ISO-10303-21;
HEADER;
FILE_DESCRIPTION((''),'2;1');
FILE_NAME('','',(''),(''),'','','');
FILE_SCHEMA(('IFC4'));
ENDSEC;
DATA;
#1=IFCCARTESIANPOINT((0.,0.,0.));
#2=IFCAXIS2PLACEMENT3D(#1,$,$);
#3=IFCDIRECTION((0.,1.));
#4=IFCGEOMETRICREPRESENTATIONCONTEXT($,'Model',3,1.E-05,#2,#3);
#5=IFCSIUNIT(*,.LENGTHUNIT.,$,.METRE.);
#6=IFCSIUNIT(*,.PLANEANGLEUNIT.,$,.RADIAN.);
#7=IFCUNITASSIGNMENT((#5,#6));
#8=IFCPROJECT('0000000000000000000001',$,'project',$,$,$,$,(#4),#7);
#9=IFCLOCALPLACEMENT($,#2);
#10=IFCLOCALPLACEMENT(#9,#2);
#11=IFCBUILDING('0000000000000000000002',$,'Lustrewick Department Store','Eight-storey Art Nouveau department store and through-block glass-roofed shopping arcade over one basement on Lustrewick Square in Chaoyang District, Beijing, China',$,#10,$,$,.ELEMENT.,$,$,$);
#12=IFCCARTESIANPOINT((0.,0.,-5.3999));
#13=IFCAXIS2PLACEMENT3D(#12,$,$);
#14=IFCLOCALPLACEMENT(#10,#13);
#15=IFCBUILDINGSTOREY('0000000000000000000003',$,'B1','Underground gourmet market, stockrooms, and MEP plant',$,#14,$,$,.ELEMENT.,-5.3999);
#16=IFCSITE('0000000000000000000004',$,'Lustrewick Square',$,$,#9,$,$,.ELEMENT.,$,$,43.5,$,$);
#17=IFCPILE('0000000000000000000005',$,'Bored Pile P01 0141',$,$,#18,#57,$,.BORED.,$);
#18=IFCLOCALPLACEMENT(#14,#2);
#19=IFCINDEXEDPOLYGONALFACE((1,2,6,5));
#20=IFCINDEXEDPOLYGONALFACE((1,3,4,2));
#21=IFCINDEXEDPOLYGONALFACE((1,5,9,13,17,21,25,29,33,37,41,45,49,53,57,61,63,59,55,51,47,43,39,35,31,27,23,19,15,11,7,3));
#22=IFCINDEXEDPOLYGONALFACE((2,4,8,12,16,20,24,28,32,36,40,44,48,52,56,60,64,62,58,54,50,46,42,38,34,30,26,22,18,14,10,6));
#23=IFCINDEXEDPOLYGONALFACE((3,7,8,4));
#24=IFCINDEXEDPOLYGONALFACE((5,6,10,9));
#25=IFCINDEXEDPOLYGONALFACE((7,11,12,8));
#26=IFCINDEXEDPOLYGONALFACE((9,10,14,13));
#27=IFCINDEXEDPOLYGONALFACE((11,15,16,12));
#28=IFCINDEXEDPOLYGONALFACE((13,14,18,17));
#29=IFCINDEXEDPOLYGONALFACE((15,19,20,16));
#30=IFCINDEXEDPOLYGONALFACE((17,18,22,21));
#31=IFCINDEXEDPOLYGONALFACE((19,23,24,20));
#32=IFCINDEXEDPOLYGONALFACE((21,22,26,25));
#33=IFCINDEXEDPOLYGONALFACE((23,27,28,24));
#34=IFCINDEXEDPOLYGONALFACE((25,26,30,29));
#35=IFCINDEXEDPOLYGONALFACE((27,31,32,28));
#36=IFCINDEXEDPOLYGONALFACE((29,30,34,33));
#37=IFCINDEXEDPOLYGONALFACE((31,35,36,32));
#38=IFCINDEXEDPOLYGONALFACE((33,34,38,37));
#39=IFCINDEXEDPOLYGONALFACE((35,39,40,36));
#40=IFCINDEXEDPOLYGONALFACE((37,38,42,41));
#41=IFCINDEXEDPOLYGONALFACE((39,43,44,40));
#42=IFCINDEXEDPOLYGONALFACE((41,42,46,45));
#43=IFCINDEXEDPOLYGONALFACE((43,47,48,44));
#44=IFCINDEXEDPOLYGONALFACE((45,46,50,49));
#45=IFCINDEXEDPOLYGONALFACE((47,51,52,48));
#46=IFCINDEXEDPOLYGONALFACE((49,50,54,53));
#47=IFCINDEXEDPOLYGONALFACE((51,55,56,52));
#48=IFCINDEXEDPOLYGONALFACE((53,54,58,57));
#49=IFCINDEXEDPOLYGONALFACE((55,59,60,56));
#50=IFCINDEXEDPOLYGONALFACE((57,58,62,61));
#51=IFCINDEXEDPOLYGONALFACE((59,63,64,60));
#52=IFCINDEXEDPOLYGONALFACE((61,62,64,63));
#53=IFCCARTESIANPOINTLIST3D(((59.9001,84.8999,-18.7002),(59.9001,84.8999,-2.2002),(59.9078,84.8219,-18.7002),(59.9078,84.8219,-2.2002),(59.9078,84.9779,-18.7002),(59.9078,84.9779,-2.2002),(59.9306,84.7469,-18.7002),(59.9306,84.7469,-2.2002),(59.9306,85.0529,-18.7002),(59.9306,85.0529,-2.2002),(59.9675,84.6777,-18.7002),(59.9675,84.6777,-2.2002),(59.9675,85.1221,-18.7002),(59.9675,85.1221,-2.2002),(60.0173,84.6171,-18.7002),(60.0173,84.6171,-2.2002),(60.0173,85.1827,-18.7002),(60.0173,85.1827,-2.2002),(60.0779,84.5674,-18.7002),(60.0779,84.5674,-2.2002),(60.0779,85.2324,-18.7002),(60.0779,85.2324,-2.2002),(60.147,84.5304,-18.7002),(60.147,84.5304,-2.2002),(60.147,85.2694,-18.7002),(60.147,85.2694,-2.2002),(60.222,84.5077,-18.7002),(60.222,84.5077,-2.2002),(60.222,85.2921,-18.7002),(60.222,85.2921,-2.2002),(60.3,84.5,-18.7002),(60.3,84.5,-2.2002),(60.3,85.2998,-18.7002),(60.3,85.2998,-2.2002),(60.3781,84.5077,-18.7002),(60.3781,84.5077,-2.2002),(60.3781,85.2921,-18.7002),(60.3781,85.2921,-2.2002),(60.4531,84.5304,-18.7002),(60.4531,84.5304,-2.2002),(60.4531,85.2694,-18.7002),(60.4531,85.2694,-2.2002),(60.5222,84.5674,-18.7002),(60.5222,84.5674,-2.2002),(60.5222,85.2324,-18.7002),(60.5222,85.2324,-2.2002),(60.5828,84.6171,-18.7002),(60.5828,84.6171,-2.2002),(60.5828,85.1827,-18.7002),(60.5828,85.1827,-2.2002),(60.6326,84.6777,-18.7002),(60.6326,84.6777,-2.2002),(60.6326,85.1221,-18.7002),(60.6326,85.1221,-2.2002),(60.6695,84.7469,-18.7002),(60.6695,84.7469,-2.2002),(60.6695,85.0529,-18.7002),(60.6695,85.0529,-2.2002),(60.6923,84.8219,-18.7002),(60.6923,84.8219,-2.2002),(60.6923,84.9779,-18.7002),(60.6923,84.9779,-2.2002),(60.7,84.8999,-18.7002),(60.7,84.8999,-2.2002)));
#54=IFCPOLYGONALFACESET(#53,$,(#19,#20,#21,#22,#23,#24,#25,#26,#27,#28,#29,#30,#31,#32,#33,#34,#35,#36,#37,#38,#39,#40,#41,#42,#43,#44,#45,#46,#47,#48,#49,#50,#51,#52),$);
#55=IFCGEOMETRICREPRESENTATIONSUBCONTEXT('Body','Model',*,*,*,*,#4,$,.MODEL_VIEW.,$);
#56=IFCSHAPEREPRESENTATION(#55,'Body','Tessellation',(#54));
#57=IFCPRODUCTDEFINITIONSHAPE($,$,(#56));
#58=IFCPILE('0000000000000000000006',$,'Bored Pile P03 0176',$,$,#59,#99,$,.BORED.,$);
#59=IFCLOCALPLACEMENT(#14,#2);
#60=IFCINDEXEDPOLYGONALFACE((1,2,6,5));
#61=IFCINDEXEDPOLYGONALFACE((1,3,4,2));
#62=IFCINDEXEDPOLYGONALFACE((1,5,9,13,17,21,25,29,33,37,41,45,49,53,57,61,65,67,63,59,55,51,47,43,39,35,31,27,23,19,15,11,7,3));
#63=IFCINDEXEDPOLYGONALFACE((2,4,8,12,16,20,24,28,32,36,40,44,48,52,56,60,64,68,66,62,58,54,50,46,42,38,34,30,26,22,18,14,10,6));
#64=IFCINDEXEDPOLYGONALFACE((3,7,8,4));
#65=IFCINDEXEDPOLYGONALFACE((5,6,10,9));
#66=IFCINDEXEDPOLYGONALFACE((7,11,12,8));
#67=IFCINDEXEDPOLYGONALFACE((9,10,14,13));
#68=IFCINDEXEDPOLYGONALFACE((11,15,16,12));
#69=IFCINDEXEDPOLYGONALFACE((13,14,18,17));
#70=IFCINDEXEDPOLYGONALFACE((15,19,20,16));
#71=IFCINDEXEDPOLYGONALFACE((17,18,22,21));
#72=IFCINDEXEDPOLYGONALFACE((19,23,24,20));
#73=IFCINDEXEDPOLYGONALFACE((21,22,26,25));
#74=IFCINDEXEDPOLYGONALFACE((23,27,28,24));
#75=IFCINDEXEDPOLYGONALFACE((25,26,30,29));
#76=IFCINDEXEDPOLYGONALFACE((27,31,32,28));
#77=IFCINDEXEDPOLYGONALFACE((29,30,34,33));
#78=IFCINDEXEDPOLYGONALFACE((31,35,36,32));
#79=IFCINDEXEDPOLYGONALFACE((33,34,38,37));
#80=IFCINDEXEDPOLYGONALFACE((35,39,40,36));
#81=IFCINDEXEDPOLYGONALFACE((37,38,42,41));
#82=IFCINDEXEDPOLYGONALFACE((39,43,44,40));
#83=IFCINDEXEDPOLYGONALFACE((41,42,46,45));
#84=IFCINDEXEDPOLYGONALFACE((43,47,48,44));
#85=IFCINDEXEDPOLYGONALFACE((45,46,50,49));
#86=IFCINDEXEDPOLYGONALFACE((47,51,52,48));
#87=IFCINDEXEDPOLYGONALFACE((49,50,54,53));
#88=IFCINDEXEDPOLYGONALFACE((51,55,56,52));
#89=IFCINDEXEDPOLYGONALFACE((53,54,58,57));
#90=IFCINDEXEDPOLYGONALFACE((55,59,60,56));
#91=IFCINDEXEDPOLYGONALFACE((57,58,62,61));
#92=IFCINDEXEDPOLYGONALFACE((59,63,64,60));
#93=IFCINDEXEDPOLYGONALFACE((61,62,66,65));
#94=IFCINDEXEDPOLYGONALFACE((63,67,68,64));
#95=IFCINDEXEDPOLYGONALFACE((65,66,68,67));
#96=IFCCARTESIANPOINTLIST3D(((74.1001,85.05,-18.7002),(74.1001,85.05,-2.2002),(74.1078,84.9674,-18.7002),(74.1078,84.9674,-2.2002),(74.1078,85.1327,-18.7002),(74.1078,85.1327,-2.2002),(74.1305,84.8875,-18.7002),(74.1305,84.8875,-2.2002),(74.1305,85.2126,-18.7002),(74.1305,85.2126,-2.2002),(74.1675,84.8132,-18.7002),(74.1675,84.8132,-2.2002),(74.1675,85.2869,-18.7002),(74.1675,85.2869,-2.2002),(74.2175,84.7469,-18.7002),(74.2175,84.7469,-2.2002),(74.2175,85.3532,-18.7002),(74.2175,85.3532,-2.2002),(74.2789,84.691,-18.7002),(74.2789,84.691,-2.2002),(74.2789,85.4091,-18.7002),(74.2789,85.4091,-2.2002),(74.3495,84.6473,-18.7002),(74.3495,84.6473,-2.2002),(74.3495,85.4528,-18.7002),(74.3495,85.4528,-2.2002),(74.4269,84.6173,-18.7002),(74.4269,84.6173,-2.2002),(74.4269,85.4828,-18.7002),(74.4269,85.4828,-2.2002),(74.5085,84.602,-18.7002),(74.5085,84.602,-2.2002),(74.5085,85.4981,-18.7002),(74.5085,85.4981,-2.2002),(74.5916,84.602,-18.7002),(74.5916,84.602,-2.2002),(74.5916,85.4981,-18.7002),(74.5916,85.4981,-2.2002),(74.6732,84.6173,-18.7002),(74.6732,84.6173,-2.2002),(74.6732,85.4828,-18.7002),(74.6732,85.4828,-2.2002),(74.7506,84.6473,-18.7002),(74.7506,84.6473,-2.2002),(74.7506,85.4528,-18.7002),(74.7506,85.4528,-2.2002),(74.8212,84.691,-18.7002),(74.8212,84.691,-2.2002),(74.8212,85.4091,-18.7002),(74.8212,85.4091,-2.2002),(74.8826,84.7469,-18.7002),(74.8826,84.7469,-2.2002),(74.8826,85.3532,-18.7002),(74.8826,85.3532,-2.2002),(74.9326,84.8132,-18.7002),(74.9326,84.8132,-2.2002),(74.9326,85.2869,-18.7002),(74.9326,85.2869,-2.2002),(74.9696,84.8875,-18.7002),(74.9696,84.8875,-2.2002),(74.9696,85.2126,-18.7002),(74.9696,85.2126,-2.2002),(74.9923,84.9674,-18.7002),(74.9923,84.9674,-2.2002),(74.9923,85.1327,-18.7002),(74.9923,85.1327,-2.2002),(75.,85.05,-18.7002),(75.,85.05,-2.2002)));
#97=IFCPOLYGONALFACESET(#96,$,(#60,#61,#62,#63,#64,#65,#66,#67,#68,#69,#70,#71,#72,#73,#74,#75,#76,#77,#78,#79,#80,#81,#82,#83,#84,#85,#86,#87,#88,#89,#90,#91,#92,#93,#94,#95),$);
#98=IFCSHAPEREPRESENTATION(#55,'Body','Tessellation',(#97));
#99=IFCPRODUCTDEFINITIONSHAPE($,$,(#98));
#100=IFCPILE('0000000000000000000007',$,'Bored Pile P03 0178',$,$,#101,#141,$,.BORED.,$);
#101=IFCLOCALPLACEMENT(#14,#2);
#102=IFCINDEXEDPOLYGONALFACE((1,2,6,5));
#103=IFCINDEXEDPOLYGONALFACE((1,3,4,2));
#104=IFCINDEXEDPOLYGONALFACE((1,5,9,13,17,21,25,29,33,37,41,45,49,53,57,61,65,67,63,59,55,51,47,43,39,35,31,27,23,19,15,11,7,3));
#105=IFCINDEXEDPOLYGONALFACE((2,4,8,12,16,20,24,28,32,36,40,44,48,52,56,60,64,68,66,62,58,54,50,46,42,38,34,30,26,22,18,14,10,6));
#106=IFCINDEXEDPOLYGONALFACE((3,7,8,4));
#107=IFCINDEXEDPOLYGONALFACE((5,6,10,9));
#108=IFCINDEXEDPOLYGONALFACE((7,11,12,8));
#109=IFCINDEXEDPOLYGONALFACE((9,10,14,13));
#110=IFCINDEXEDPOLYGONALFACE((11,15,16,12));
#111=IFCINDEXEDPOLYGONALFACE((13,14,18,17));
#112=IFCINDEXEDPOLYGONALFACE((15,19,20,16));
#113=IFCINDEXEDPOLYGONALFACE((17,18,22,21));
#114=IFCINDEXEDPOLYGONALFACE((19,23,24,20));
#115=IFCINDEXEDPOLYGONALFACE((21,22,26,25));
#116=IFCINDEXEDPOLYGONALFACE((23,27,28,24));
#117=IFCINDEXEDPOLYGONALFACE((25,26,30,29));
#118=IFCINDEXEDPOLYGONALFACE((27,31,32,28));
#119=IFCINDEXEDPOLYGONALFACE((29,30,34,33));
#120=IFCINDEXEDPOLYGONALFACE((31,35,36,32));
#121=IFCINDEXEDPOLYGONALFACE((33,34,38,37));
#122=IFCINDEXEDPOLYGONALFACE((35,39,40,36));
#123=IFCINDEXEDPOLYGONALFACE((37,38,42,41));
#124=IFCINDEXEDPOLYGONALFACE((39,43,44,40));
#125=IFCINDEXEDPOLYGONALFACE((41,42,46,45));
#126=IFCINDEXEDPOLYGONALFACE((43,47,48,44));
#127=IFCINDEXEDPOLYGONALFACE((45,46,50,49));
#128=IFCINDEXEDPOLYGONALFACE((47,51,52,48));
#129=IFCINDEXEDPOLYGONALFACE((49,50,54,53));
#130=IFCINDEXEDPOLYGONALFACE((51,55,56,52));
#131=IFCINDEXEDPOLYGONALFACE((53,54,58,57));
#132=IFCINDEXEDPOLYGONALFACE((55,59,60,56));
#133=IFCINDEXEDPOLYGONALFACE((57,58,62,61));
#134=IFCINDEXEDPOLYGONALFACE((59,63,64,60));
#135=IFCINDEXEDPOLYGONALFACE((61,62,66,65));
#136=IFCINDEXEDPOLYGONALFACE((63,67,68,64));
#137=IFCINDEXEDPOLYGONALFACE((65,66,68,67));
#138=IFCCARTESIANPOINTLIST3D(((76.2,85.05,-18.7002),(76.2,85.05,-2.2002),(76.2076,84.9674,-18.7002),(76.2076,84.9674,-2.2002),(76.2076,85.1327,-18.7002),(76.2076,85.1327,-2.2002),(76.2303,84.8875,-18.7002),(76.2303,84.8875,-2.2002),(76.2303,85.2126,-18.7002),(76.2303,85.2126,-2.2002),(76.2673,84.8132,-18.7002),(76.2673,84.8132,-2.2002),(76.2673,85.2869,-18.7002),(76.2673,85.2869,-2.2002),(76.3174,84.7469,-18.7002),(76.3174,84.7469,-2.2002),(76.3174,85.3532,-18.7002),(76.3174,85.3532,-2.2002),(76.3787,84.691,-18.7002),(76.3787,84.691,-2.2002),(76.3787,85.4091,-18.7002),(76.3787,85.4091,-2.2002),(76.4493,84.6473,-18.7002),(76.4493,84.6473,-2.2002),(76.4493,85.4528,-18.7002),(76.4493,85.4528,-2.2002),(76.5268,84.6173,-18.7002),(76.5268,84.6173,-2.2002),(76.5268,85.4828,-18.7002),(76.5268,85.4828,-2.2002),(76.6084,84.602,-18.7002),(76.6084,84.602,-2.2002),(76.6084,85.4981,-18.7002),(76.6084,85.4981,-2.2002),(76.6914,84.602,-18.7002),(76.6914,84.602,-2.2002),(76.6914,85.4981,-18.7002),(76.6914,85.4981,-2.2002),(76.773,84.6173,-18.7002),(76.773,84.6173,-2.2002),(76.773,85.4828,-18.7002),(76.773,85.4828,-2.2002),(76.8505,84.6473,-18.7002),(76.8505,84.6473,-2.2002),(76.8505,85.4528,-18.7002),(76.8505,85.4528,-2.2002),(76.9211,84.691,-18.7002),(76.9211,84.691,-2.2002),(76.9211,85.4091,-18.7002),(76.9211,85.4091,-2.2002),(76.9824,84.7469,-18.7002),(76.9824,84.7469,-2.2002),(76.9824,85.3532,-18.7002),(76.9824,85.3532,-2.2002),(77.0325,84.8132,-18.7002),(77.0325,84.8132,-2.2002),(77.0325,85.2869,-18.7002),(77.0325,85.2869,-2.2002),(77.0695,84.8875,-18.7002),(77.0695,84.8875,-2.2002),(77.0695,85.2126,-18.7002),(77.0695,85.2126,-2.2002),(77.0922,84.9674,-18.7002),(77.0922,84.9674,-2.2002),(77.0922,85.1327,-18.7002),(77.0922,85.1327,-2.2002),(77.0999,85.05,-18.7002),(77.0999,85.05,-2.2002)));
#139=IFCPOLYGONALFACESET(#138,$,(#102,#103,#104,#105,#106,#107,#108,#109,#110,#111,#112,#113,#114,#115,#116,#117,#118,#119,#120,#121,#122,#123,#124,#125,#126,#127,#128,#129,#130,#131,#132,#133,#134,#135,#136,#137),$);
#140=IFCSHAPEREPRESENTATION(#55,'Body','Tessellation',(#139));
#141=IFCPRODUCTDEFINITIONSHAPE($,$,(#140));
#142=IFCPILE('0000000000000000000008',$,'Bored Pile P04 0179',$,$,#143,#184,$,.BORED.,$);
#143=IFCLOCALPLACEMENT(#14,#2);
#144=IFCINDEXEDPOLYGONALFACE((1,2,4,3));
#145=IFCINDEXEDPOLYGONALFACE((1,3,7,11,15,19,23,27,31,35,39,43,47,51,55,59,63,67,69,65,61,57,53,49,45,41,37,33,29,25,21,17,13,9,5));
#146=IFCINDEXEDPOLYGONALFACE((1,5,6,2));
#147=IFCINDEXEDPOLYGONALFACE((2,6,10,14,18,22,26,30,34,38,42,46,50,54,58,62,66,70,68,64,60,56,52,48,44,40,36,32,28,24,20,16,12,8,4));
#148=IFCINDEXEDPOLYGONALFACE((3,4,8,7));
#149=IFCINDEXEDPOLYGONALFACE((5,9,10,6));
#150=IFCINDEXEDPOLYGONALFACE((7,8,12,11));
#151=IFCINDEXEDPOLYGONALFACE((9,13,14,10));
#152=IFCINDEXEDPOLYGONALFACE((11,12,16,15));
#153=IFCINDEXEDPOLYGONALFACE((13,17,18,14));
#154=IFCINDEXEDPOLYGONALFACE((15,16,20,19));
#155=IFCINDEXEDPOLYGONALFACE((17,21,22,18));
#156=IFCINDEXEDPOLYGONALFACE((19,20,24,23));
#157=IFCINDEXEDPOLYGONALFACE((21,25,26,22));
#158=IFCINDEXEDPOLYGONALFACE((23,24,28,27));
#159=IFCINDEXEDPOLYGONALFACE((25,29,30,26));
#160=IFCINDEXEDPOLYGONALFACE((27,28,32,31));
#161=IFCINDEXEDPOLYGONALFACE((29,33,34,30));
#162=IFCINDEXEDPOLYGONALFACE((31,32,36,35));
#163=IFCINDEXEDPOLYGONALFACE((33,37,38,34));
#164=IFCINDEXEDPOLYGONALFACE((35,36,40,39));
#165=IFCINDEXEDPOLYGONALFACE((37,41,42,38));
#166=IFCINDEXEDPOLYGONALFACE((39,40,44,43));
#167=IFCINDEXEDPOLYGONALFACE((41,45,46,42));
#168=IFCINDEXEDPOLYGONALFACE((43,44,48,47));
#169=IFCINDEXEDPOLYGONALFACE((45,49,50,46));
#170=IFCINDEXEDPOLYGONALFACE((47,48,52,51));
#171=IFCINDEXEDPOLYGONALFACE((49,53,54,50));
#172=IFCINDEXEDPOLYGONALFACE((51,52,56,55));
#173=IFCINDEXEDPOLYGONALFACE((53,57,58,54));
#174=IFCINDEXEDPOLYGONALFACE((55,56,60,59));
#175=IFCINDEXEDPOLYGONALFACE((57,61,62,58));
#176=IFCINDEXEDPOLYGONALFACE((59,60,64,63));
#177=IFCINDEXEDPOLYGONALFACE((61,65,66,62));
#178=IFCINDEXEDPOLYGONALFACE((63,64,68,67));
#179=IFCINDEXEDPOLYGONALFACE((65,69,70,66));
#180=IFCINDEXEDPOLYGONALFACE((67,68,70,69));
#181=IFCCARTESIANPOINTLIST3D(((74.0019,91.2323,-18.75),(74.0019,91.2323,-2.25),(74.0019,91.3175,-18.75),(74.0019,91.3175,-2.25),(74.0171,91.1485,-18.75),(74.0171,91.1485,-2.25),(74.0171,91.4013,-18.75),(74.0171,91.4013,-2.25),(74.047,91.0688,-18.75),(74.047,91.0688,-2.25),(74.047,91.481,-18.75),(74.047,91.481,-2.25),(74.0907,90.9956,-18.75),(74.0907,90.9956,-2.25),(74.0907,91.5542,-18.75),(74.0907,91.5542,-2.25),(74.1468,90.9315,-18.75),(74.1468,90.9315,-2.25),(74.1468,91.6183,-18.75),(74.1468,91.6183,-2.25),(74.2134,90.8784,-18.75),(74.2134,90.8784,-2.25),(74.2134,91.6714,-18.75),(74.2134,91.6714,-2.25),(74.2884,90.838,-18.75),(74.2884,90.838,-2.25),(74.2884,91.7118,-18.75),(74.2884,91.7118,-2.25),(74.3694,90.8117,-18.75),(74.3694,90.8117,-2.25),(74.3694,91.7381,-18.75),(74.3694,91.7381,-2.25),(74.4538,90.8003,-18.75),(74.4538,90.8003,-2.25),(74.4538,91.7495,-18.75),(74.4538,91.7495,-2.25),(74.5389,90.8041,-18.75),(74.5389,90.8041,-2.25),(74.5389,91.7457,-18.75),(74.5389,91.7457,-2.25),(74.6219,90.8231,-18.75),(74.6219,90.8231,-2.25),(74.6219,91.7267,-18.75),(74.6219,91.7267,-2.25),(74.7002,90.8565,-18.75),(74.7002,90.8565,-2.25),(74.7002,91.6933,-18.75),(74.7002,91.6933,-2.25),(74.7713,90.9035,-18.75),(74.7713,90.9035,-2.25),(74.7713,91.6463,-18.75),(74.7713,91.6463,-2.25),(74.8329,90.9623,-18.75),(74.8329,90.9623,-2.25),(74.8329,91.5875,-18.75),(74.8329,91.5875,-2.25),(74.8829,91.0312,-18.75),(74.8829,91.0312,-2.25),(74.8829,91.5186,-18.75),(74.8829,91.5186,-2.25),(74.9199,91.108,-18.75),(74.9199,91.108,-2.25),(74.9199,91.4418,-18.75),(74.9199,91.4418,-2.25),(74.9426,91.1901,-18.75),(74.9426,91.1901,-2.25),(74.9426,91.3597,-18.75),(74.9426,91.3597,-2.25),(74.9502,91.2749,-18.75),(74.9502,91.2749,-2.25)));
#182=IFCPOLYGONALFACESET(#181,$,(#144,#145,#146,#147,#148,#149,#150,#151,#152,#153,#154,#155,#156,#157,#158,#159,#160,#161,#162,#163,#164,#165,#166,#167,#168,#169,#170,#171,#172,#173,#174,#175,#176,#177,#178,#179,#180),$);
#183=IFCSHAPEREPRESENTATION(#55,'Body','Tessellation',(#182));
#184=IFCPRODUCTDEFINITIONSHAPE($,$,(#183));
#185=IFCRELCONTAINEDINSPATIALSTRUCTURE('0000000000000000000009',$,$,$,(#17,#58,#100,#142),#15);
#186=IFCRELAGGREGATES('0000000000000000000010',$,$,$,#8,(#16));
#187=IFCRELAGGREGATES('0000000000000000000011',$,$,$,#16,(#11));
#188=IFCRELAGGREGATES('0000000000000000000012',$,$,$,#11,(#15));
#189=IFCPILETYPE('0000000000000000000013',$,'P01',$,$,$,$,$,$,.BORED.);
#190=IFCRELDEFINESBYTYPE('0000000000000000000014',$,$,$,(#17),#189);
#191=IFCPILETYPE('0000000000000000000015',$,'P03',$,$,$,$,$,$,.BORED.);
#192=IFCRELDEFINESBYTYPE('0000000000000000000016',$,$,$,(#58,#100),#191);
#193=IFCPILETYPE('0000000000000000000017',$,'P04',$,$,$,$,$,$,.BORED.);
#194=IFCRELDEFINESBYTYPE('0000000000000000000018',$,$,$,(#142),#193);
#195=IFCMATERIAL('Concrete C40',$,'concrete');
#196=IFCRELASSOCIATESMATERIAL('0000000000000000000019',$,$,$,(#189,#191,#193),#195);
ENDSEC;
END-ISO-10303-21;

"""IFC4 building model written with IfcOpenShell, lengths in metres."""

from ifc_helpers import new_model, si_unit, direction, frame, origin, origin_2d, place, context, subcontext, project, spatial, circle, extrude, material, material_profile, profile_set, type_object, element, save


model = new_model("IFC4")

# Units and contexts
model_context = context("Model", 3, precision=1e-05, world=origin(), true_north=direction((0.0, 1.0)))
body_context = subcontext(model_context, "Body", "Model", "MODEL_VIEW")
ifc_project = project(units=[si_unit("LENGTHUNIT", "METRE"), si_unit("PLANEANGLEUNIT", "RADIAN")], contexts=[model_context])

# Site, building, storey
site_placement = place(None, origin())
site = spatial("IfcSite", under=ifc_project, at=site_placement, Name="Lustrewick Square", CompositionType="ELEMENT", RefElevation=43.5)
building_placement = place(site_placement, origin())
building = spatial("IfcBuilding", under=site, at=building_placement, Name="Lustrewick Department Store", Description="Eight-storey Art Nouveau department store and through-block glass-roofed shopping arcade over one basement on Lustrewick Square in Chaoyang District, Beijing, China", CompositionType="ELEMENT")
storey_placement = place(building_placement, frame((0.0, 0.0, -5.3999)))
storey = spatial("IfcBuildingStorey", under=building, at=storey_placement, Name="B1", Description="Underground gourmet market, stockrooms, and MEP plant", CompositionType="ELEMENT", Elevation=-5.3999)

# Piles
ifc_material_1 = material(Name="Concrete C40", Category="concrete")
ifc_material_profile_1 = material_profile(ifc_material_1, circle(Radius=0.3999, at=origin_2d()), Name="PILE D800")
ifc_profile_set_1 = profile_set([ifc_material_profile_1], Name="Concrete C40")
pile_type_1 = type_object("IfcPileType", Name="P01", PredefinedType="BORED", material=ifc_profile_set_1)
pile_1_placement = place(storey_placement, frame((60.3, 84.8999, -2.2002), z_axis=(0.0, 0.0, -1.0), x_axis=(1.0, 0.0, 0.0)))
element("IfcPile", 1, at=pile_1_placement, inside=storey, type_object=pile_type_1, Name="Bored Pile P01 0141", PredefinedType="BORED", context=body_context, shape_type="SweptSolid", body=[
    extrude(circle(Radius=0.3999, at=origin_2d()), origin(), (0.0, 0.0, 1.0), 16.5),
])
ifc_material_profile_2 = material_profile(ifc_material_1, circle(Radius=0.45, at=origin_2d()), Name="PILE D900")
ifc_profile_set_2 = profile_set([ifc_material_profile_2], Name="Concrete C40")
pile_type_2 = type_object("IfcPileType", Name="P03", PredefinedType="BORED", material=ifc_profile_set_2)
for number, where, z_axis, x_axis, name in (
    (2, (74.55, 85.05, -2.2002), (0.0, 0.0, -1.0), (1.0, 0.0, 0.0), "Bored Pile P03 0176"),
    (3, (76.6499, 85.05, -2.2002), (0.0, 0.0, -1.0), (1.0, 0.0, 0.0), "Bored Pile P03 0178"),
):
    element("IfcPile", number, at=place(storey_placement, frame(where, z_axis=z_axis, x_axis=x_axis)), inside=storey, type_object=pile_type_2, Name=name, PredefinedType="BORED", context=body_context, shape_type="SweptSolid", body=[
        extrude(circle(Radius=0.45, at=origin_2d()), origin(), (0.0, 0.0, 1.0), 16.5),
    ])
ifc_material_profile_3 = material_profile(ifc_material_1, circle(Radius=0.4751, at=origin_2d()), Name="PILE D950")
ifc_profile_set_3 = profile_set([ifc_material_profile_3], Name="Concrete C40")
pile_type_3 = type_object("IfcPileType", Name="P04", PredefinedType="BORED", material=ifc_profile_set_3)
for number, where, z_axis, x_axis, name in (
    (4, (74.4751, 91.2749, -2.25), (0.0, 0.0, -1.0), (1.0, 0.0, 0.0), "Bored Pile P04 0179"),
):
    element("IfcPile", number, at=place(storey_placement, frame(where, z_axis=z_axis, x_axis=x_axis)), inside=storey, type_object=pile_type_3, Name=name, PredefinedType="BORED", context=body_context, shape_type="SweptSolid", body=[
        extrude(circle(Radius=0.4751, at=origin_2d()), origin(), (0.0, 0.0, 1.0), 16.5),
    ])

save(model, "model.ifc")
